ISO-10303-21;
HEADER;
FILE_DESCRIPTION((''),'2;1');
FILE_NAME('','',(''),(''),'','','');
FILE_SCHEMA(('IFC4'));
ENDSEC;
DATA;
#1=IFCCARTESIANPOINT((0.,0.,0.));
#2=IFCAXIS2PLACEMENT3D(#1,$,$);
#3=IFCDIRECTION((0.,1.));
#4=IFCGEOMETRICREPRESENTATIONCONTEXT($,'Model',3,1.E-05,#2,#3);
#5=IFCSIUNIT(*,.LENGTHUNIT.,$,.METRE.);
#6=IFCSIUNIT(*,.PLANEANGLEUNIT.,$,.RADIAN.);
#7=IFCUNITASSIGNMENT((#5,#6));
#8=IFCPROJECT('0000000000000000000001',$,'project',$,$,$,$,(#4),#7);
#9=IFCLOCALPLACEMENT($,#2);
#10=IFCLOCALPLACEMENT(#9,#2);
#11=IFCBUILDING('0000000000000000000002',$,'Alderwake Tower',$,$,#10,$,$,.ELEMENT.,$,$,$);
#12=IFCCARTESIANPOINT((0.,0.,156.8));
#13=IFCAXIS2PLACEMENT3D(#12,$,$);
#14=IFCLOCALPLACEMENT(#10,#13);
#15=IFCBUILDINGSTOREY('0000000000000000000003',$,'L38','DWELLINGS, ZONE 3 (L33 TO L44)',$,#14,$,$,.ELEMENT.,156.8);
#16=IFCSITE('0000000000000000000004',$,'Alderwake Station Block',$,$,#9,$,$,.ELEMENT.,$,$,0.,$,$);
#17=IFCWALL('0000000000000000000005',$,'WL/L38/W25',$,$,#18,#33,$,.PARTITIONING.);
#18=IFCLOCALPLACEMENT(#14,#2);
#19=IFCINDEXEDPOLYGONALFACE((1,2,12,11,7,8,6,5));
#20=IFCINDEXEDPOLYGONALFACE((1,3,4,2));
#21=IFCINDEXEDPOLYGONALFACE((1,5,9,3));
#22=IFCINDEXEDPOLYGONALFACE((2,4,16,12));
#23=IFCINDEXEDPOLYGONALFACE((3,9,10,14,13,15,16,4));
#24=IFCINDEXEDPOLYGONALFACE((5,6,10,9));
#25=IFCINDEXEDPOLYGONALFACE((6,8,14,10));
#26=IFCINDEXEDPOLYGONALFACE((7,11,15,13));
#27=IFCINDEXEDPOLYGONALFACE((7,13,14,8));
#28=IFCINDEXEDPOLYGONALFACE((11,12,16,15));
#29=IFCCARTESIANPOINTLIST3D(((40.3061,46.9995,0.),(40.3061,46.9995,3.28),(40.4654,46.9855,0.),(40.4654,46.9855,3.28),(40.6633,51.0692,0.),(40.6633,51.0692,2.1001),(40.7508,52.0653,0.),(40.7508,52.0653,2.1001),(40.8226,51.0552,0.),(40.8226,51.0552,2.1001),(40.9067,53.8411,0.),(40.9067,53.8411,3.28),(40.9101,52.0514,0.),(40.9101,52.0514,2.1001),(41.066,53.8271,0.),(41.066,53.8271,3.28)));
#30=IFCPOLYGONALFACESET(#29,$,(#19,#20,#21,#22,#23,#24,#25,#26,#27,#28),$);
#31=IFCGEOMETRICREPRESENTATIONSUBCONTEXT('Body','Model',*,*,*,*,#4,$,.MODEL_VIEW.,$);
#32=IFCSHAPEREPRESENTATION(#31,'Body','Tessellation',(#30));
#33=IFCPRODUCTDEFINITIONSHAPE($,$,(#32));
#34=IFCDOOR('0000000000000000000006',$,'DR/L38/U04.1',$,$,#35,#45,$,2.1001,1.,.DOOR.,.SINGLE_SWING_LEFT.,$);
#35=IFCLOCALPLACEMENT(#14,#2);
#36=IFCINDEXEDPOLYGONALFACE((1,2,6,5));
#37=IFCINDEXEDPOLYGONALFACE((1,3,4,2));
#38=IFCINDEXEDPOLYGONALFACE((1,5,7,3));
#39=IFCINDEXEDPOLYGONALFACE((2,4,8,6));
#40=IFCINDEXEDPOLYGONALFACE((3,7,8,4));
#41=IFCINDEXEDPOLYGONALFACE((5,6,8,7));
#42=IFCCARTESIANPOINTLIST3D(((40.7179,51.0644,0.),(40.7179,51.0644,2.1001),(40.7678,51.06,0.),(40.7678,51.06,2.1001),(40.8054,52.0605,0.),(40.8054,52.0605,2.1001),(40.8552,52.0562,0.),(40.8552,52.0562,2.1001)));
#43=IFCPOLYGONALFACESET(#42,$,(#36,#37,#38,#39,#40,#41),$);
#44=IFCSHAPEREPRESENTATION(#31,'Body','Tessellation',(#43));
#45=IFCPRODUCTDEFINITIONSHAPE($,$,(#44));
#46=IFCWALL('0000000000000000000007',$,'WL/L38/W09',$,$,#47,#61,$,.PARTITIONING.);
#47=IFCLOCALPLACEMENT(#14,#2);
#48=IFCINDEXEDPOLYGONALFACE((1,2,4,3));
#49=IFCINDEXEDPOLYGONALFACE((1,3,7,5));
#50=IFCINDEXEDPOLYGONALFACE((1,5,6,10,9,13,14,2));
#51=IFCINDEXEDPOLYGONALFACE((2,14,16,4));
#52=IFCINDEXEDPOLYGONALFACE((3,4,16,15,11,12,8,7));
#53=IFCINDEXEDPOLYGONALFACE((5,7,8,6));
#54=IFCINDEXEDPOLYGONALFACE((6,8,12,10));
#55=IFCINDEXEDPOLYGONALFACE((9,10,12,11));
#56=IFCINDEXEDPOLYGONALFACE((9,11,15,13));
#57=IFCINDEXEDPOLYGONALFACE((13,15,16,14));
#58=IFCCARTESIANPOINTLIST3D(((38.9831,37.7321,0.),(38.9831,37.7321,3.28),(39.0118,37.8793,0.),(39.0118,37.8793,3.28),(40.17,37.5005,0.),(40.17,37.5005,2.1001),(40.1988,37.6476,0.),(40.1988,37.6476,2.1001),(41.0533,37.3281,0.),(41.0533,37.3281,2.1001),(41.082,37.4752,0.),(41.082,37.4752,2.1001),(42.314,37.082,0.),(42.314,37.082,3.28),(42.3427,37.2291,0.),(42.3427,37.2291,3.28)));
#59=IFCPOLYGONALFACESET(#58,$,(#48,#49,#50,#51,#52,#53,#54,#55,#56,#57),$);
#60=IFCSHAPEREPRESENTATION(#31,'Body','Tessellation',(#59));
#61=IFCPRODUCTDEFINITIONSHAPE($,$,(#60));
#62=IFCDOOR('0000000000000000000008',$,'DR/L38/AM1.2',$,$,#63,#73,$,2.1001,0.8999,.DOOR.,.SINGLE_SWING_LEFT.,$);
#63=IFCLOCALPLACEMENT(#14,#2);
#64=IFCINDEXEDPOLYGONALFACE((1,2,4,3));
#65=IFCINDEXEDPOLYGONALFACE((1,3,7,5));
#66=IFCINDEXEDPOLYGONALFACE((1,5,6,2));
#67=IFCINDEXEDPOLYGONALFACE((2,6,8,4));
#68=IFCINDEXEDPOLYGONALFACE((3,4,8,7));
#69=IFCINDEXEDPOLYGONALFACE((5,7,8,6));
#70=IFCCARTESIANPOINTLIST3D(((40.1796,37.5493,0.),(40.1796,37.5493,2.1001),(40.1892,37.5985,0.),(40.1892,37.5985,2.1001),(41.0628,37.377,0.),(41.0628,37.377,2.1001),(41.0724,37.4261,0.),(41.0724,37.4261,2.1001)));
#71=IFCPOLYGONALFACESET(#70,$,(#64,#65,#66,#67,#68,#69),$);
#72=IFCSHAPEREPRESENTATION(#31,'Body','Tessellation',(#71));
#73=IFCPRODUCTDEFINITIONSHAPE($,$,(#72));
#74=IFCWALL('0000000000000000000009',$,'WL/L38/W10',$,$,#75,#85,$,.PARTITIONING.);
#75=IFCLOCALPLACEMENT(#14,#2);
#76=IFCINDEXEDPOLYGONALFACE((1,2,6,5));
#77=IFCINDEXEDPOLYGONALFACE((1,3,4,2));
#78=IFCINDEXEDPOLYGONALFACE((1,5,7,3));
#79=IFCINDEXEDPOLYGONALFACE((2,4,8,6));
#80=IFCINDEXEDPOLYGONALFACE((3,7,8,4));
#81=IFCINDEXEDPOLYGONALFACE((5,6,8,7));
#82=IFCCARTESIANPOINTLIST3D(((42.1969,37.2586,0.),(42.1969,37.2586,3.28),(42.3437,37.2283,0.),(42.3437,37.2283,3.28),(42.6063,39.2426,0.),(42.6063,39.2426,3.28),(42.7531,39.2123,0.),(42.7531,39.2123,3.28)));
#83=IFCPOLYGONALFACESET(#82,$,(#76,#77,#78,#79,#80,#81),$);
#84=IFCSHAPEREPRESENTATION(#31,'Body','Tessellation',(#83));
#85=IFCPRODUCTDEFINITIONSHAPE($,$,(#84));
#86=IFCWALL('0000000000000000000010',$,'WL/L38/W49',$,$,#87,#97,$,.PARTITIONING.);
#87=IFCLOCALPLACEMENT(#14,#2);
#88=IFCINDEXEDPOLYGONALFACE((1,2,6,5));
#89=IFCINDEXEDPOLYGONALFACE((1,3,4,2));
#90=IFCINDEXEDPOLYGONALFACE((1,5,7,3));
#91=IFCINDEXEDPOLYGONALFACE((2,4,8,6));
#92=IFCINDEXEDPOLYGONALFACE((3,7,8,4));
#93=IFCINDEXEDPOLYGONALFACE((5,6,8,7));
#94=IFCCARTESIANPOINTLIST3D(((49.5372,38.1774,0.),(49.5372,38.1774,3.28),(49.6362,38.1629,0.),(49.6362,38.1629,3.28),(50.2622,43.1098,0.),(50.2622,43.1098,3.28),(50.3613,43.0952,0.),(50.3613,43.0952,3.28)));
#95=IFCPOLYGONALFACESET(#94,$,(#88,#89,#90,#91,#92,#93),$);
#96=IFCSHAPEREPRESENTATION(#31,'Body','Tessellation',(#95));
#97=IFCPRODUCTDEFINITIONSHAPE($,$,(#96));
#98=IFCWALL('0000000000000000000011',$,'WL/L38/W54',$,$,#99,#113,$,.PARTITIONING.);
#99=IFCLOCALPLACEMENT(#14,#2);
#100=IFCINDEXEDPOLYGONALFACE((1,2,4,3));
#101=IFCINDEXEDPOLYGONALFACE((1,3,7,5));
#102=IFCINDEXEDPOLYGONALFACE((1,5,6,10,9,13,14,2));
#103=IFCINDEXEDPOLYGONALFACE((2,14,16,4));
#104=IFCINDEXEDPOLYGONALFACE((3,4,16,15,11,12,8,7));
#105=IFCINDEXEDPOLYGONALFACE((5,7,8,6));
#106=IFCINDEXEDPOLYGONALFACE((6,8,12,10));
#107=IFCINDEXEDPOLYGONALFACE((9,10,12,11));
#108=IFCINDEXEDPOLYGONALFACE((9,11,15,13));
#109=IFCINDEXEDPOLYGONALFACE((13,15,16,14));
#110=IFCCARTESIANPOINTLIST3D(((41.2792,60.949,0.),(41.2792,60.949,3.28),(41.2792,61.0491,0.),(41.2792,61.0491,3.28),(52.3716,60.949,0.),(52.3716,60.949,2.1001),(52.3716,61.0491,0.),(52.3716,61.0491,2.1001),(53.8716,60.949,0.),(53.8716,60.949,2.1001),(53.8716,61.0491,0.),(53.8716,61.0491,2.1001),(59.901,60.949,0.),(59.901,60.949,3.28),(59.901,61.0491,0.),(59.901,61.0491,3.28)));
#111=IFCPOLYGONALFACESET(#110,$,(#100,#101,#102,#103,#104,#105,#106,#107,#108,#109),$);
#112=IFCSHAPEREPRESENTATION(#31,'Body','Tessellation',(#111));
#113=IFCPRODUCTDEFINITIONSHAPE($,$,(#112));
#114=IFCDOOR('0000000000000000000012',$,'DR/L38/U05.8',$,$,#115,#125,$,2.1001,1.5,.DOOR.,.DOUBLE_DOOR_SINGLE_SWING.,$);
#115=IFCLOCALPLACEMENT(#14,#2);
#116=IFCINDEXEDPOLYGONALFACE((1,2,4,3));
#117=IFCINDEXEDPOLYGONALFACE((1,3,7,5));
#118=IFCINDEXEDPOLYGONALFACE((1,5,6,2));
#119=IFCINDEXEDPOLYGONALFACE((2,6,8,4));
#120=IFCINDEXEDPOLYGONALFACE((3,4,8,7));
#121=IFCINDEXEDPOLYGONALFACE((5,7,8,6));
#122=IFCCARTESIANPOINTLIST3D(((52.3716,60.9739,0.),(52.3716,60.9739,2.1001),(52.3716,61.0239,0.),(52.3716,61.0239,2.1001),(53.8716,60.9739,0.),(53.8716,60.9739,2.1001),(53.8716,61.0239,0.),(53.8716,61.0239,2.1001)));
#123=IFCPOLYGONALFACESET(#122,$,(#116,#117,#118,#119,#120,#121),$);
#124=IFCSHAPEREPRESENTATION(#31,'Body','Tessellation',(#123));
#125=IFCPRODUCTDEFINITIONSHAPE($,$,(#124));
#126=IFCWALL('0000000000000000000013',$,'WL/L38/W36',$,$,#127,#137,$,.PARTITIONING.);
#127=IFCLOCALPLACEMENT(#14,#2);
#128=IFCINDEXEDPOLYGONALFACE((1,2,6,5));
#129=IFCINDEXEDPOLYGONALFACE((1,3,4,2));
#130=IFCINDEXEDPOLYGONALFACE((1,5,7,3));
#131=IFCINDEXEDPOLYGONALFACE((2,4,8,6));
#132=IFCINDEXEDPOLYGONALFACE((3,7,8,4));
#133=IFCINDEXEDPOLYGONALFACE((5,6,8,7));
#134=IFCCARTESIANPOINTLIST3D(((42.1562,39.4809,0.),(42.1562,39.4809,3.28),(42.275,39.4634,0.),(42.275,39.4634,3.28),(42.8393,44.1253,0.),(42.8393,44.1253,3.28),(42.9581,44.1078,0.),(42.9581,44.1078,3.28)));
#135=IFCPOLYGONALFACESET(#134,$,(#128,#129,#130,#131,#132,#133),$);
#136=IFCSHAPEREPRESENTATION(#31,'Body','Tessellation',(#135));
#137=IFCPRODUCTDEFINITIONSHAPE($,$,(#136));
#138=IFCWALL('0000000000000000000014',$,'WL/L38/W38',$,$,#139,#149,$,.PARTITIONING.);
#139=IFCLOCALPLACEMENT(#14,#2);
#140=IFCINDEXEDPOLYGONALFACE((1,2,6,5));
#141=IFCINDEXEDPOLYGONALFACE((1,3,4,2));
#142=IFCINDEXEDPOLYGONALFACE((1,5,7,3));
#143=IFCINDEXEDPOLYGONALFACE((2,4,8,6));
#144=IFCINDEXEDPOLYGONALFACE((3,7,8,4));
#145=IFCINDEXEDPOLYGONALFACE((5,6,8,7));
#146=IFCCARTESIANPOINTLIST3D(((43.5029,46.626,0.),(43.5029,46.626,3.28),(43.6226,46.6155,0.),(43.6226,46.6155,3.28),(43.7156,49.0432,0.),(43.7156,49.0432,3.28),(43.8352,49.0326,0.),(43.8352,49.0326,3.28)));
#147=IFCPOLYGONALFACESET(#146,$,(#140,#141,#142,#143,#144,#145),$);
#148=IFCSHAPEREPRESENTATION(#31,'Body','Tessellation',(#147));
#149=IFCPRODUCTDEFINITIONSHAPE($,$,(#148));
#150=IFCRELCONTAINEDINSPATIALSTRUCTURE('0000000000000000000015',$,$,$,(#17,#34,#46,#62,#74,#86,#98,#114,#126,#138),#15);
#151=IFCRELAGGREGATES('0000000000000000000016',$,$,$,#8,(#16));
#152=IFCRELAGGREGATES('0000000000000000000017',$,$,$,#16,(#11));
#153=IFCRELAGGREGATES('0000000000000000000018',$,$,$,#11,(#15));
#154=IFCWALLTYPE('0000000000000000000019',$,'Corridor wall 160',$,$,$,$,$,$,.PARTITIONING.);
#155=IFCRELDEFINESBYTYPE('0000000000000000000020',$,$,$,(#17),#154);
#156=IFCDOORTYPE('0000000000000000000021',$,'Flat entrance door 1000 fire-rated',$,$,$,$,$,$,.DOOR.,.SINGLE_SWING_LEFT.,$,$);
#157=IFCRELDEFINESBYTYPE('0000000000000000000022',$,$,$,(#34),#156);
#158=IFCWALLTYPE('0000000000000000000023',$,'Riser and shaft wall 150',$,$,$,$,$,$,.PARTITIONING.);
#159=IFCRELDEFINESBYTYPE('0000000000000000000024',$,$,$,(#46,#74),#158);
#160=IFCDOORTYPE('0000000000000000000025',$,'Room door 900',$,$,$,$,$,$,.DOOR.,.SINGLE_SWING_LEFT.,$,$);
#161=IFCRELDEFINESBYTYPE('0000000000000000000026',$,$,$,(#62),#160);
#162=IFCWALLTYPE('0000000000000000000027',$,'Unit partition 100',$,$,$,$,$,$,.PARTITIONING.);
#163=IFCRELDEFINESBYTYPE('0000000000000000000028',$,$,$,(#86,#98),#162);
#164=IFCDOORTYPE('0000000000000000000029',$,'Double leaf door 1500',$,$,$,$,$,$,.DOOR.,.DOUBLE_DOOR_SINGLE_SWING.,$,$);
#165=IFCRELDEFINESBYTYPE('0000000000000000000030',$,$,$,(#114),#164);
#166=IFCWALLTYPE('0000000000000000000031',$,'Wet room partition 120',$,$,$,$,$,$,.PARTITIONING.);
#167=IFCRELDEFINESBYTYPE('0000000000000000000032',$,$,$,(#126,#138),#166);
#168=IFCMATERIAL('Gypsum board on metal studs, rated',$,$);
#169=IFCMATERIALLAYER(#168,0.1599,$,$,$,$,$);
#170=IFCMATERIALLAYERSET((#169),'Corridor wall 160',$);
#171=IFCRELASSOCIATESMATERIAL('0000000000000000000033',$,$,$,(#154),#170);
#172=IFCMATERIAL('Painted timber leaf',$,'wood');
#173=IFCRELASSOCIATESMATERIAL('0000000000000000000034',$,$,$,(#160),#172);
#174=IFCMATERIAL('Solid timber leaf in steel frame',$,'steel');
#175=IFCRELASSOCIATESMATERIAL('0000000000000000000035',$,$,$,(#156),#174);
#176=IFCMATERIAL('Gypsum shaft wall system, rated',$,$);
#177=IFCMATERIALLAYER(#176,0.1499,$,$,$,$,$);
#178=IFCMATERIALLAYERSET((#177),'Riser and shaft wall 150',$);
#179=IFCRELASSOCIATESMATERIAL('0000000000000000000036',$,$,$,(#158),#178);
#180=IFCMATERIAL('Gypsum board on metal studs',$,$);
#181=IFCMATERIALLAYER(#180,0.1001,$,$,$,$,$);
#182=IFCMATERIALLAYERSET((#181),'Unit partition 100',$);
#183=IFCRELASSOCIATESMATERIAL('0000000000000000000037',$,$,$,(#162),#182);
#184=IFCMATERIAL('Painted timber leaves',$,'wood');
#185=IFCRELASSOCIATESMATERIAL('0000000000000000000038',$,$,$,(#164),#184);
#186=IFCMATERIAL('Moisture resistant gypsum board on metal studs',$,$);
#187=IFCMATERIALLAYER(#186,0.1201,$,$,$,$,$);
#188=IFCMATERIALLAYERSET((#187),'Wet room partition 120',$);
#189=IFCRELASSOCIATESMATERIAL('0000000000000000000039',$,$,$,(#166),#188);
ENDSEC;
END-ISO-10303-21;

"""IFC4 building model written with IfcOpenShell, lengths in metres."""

from ifc_helpers import new_model, si_unit, direction, frame, frame_2d, origin, place, context, subcontext, project, spatial, rectangle, extrude, material, layer, layer_set, type_object, element, fill, save


model = new_model("IFC4")

# Units and contexts
model_context = context("Model", 3, precision=1e-05, world=origin(), true_north=direction((0.0, 1.0)))
body_context = subcontext(model_context, "Body", "Model", "MODEL_VIEW")
ifc_project = project(units=[si_unit("LENGTHUNIT", "METRE"), si_unit("PLANEANGLEUNIT", "RADIAN")], contexts=[model_context])

# Site, building, storey
site_placement = place(None, origin())
site = spatial("IfcSite", under=ifc_project, at=site_placement, Name="Alderwake Station Block", CompositionType="ELEMENT", RefElevation=0.0)
building_placement = place(site_placement, origin())
building = spatial("IfcBuilding", under=site, at=building_placement, Name="Alderwake Tower", CompositionType="ELEMENT")
storey_placement = place(building_placement, frame((0.0, 0.0, 156.8)))
storey = spatial("IfcBuildingStorey", under=building, at=storey_placement, Name="L38", Description="DWELLINGS, ZONE 3 (L33 TO L44)", CompositionType="ELEMENT", Elevation=156.8)

# Walls, openings, doors
ifc_material_1 = material(Name="Gypsum board on metal studs, rated")
ifc_layer_1 = layer(ifc_material_1, 0.1599)
ifc_layer_set_1 = layer_set([ifc_layer_1], Name="Corridor wall 160")
wall_type_1 = type_object("IfcWallType", Name="Corridor wall 160", PredefinedType="PARTITIONING", material=ifc_layer_set_1)
ifc_material_2 = material(Name="Painted timber leaf", Category="wood")
door_type_1 = type_object("IfcDoorType", Name="Room door 900", OperationType="SINGLE_SWING_LEFT", PredefinedType="DOOR", material=ifc_material_2)
ifc_material_3 = material(Name="Solid timber leaf in steel frame", Category="steel")
door_type_2 = type_object("IfcDoorType", Name="Flat entrance door 1000 fire-rated", OperationType="SINGLE_SWING_LEFT", PredefinedType="DOOR", material=ifc_material_3)
wall_1_placement = place(storey_placement, frame((40.9863, 53.8342, 0.0), z_axis=(0.0, 0.0, 1.0), x_axis=(-0.087449, -0.996169, 0.0)))
wall_1 = element("IfcWall", 1, at=wall_1_placement, inside=storey, type_object=wall_type_1, Name="WL/L38/W25", PredefinedType="PARTITIONING", context=body_context, shape_type="SweptSolid", body=[
    extrude(rectangle(XDim=6.8679, YDim=0.1599, at=frame_2d((3.4341, 0.0))), origin(), (0.0, 0.0, 1.0), 3.28),
])
opening_1_placement = place(wall_1_placement, frame((1.7827, 0.0, 0.0)))
opening_1 = element("IfcOpeningElement", 2, at=opening_1_placement, cuts=wall_1, PredefinedType="OPENING", context=body_context, shape_type="SweptSolid", body=[
    extrude(rectangle(XDim=1.0, YDim=2.1001, at=frame_2d((0.5, 1.05))), frame((0.0, 0.0898, 0.0), z_axis=(0.0, -1.0, 0.0), x_axis=(1.0, 0.0, 0.0)), (0.0, 0.0, 1.0), 0.1799),
])
door_1_placement = place(opening_1_placement, origin())
door_1 = element("IfcDoor", 3, at=door_1_placement, inside=storey, type_object=door_type_2, Name="DR/L38/U04.1", OperationType="SINGLE_SWING_LEFT", OverallHeight=2.1001, OverallWidth=1.0, PredefinedType="DOOR", context=body_context, shape_type="SweptSolid", body=[
    extrude(rectangle(XDim=1.0, YDim=2.1001, at=frame_2d((0.5, 1.05))), frame((0.0, 0.0249, 0.0), z_axis=(0.0, -1.0, 0.0), x_axis=(1.0, 0.0, 0.0)), (0.0, 0.0, 1.0), 0.05),
])
fill(opening_1, door_1)
ifc_material_4 = material(Name="Gypsum shaft wall system, rated")
ifc_layer_2 = layer(ifc_material_4, 0.1499)
ifc_layer_set_2 = layer_set([ifc_layer_2], Name="Riser and shaft wall 150")
wall_type_2 = type_object("IfcWallType", Name="Riser and shaft wall 150", PredefinedType="PARTITIONING", material=ifc_layer_set_2)
wall_2_placement = place(storey_placement, frame((38.9976, 37.8057, 0.0), z_axis=(0.0, 0.0, 1.0), x_axis=(0.98148, -0.191563, 0.0)))
wall_2 = element("IfcWall", 4, at=wall_2_placement, inside=storey, type_object=wall_type_2, Name="WL/L38/W09", PredefinedType="PARTITIONING", context=body_context, shape_type="SweptSolid", body=[
    extrude(rectangle(XDim=3.3938, YDim=0.1499, at=frame_2d((1.6968, 0.0))), origin(), (0.0, 0.0, 1.0), 3.28),
])
opening_2_placement = place(wall_2_placement, frame((1.2092, 0.0, 0.0)))
opening_2 = element("IfcOpeningElement", 5, at=opening_2_placement, cuts=wall_2, PredefinedType="OPENING", context=body_context, shape_type="SweptSolid", body=[
    extrude(rectangle(XDim=0.8999, YDim=2.1001, at=frame_2d((0.45, 1.05))), frame((0.0, 0.085, 0.0), z_axis=(0.0, -1.0, 0.0), x_axis=(1.0, 0.0, 0.0)), (0.0, 0.0, 1.0), 0.1699),
])
door_2_placement = place(opening_2_placement, origin())
door_2 = element("IfcDoor", 6, at=door_2_placement, inside=storey, type_object=door_type_1, Name="DR/L38/AM1.2", OperationType="SINGLE_SWING_LEFT", OverallHeight=2.1001, OverallWidth=0.8999, PredefinedType="DOOR", context=body_context, shape_type="SweptSolid", body=[
    extrude(rectangle(XDim=0.8999, YDim=2.1001, at=frame_2d((0.45, 1.05))), frame((0.0, 0.0249, 0.0), z_axis=(0.0, -1.0, 0.0), x_axis=(1.0, 0.0, 0.0)), (0.0, 0.0, 1.0), 0.05),
])
fill(opening_2, door_2)

# Walls
wall_3_placement = place(storey_placement, frame((42.2703, 37.2434, 0.0), z_axis=(0.0, 0.0, 1.0), x_axis=(0.202092, 0.979367, 0.0)))
element("IfcWall", 7, at=wall_3_placement, inside=storey, type_object=wall_type_2, Name="WL/L38/W10", PredefinedType="PARTITIONING", context=body_context, shape_type="SweptSolid", body=[
    extrude(rectangle(XDim=2.0259, YDim=0.1499, at=frame_2d((1.0129, 0.0))), origin(), (0.0, 0.0, 1.0), 3.28),
])
ifc_material_5 = material(Name="Gypsum board on metal studs")
ifc_layer_3 = layer(ifc_material_5, 0.1001)
ifc_layer_set_3 = layer_set([ifc_layer_3], Name="Unit partition 100")
wall_type_3 = type_object("IfcWallType", Name="Unit partition 100", PredefinedType="PARTITIONING", material=ifc_layer_set_3)
wall_4_placement = place(storey_placement, frame((49.5867, 38.1702, 0.0), z_axis=(0.0, 0.0, 1.0), x_axis=(0.145445, 0.989366, 0.0)))
element("IfcWall", 8, at=wall_4_placement, inside=storey, type_object=wall_type_3, Name="WL/L38/W49", PredefinedType="PARTITIONING", context=body_context, shape_type="SweptSolid", body=[
    extrude(rectangle(XDim=4.9854, YDim=0.1001, at=frame_2d((2.4927, 0.0))), origin(), (0.0, 0.0, 1.0), 3.28),
])

# Wall, opening, door
wall_5_placement = place(storey_placement, frame((41.2791, 60.999, 0.0), z_axis=(0.0, 0.0, 1.0), x_axis=(1.0, 0.0, 0.0)))
wall_5 = element("IfcWall", 9, at=wall_5_placement, inside=storey, type_object=wall_type_3, Name="WL/L38/W54", PredefinedType="PARTITIONING", context=body_context, shape_type="SweptSolid", body=[
    extrude(rectangle(XDim=18.6218, YDim=0.1001, at=frame_2d((9.311, 0.0))), origin(), (0.0, 0.0, 1.0), 3.28),
])
opening_3_placement = place(wall_5_placement, frame((11.0925, 0.0, 0.0)))
opening_3 = element("IfcOpeningElement", 10, at=opening_3_placement, cuts=wall_5, PredefinedType="OPENING", context=body_context, shape_type="SweptSolid", body=[
    extrude(rectangle(XDim=1.5, YDim=2.1001, at=frame_2d((0.75, 1.05))), frame((0.0, 0.0601, 0.0), z_axis=(0.0, -1.0, 0.0), x_axis=(1.0, 0.0, 0.0)), (0.0, 0.0, 1.0), 0.1201),
])
ifc_material_6 = material(Name="Painted timber leaves", Category="wood")
door_type_3 = type_object("IfcDoorType", Name="Double leaf door 1500", OperationType="DOUBLE_DOOR_SINGLE_SWING", PredefinedType="DOOR", material=ifc_material_6)
door_3_placement = place(opening_3_placement, origin())
door_3 = element("IfcDoor", 11, at=door_3_placement, inside=storey, type_object=door_type_3, Name="DR/L38/U05.8", OperationType="DOUBLE_DOOR_SINGLE_SWING", OverallHeight=2.1001, OverallWidth=1.5, PredefinedType="DOOR", context=body_context, shape_type="SweptSolid", body=[
    extrude(rectangle(XDim=1.5, YDim=2.1001, at=frame_2d((0.75, 1.05))), frame((0.0, 0.0249, 0.0), z_axis=(0.0, -1.0, 0.0), x_axis=(1.0, 0.0, 0.0)), (0.0, 0.0, 1.0), 0.05),
])
fill(opening_3, door_3)

# Walls
ifc_material_7 = material(Name="Moisture resistant gypsum board on metal studs")
ifc_layer_4 = layer(ifc_material_7, 0.1201)
ifc_layer_set_4 = layer_set([ifc_layer_4], Name="Wet room partition 120")
wall_type_4 = type_object("IfcWallType", Name="Wet room partition 120", PredefinedType="PARTITIONING", material=ifc_layer_set_4)
wall_6_placement = place(storey_placement, frame((42.2156, 39.4722, 0.0), z_axis=(0.0, 0.0, 1.0), x_axis=(0.145519, 0.989355, 0.0)))
element("IfcWall", 12, at=wall_6_placement, inside=storey, type_object=wall_type_4, Name="WL/L38/W36", PredefinedType="PARTITIONING", context=body_context, shape_type="SweptSolid", body=[
    extrude(rectangle(XDim=4.6943, YDim=0.1201, at=frame_2d((2.3472, 0.0))), origin(), (0.0, 0.0, 1.0), 3.28),
])
wall_7_placement = place(storey_placement, frame((43.5627, 46.6206, 0.0), z_axis=(0.0, 0.0, 1.0), x_axis=(0.087632, 0.996153, 0.0)))
element("IfcWall", 13, at=wall_7_placement, inside=storey, type_object=wall_type_4, Name="WL/L38/W38", PredefinedType="PARTITIONING", context=body_context, shape_type="SweptSolid", body=[
    extrude(rectangle(XDim=2.4265, YDim=0.1201, at=frame_2d((1.2134, 0.0))), origin(), (0.0, 0.0, 1.0), 3.28),
])

save(model, "model.ifc")
